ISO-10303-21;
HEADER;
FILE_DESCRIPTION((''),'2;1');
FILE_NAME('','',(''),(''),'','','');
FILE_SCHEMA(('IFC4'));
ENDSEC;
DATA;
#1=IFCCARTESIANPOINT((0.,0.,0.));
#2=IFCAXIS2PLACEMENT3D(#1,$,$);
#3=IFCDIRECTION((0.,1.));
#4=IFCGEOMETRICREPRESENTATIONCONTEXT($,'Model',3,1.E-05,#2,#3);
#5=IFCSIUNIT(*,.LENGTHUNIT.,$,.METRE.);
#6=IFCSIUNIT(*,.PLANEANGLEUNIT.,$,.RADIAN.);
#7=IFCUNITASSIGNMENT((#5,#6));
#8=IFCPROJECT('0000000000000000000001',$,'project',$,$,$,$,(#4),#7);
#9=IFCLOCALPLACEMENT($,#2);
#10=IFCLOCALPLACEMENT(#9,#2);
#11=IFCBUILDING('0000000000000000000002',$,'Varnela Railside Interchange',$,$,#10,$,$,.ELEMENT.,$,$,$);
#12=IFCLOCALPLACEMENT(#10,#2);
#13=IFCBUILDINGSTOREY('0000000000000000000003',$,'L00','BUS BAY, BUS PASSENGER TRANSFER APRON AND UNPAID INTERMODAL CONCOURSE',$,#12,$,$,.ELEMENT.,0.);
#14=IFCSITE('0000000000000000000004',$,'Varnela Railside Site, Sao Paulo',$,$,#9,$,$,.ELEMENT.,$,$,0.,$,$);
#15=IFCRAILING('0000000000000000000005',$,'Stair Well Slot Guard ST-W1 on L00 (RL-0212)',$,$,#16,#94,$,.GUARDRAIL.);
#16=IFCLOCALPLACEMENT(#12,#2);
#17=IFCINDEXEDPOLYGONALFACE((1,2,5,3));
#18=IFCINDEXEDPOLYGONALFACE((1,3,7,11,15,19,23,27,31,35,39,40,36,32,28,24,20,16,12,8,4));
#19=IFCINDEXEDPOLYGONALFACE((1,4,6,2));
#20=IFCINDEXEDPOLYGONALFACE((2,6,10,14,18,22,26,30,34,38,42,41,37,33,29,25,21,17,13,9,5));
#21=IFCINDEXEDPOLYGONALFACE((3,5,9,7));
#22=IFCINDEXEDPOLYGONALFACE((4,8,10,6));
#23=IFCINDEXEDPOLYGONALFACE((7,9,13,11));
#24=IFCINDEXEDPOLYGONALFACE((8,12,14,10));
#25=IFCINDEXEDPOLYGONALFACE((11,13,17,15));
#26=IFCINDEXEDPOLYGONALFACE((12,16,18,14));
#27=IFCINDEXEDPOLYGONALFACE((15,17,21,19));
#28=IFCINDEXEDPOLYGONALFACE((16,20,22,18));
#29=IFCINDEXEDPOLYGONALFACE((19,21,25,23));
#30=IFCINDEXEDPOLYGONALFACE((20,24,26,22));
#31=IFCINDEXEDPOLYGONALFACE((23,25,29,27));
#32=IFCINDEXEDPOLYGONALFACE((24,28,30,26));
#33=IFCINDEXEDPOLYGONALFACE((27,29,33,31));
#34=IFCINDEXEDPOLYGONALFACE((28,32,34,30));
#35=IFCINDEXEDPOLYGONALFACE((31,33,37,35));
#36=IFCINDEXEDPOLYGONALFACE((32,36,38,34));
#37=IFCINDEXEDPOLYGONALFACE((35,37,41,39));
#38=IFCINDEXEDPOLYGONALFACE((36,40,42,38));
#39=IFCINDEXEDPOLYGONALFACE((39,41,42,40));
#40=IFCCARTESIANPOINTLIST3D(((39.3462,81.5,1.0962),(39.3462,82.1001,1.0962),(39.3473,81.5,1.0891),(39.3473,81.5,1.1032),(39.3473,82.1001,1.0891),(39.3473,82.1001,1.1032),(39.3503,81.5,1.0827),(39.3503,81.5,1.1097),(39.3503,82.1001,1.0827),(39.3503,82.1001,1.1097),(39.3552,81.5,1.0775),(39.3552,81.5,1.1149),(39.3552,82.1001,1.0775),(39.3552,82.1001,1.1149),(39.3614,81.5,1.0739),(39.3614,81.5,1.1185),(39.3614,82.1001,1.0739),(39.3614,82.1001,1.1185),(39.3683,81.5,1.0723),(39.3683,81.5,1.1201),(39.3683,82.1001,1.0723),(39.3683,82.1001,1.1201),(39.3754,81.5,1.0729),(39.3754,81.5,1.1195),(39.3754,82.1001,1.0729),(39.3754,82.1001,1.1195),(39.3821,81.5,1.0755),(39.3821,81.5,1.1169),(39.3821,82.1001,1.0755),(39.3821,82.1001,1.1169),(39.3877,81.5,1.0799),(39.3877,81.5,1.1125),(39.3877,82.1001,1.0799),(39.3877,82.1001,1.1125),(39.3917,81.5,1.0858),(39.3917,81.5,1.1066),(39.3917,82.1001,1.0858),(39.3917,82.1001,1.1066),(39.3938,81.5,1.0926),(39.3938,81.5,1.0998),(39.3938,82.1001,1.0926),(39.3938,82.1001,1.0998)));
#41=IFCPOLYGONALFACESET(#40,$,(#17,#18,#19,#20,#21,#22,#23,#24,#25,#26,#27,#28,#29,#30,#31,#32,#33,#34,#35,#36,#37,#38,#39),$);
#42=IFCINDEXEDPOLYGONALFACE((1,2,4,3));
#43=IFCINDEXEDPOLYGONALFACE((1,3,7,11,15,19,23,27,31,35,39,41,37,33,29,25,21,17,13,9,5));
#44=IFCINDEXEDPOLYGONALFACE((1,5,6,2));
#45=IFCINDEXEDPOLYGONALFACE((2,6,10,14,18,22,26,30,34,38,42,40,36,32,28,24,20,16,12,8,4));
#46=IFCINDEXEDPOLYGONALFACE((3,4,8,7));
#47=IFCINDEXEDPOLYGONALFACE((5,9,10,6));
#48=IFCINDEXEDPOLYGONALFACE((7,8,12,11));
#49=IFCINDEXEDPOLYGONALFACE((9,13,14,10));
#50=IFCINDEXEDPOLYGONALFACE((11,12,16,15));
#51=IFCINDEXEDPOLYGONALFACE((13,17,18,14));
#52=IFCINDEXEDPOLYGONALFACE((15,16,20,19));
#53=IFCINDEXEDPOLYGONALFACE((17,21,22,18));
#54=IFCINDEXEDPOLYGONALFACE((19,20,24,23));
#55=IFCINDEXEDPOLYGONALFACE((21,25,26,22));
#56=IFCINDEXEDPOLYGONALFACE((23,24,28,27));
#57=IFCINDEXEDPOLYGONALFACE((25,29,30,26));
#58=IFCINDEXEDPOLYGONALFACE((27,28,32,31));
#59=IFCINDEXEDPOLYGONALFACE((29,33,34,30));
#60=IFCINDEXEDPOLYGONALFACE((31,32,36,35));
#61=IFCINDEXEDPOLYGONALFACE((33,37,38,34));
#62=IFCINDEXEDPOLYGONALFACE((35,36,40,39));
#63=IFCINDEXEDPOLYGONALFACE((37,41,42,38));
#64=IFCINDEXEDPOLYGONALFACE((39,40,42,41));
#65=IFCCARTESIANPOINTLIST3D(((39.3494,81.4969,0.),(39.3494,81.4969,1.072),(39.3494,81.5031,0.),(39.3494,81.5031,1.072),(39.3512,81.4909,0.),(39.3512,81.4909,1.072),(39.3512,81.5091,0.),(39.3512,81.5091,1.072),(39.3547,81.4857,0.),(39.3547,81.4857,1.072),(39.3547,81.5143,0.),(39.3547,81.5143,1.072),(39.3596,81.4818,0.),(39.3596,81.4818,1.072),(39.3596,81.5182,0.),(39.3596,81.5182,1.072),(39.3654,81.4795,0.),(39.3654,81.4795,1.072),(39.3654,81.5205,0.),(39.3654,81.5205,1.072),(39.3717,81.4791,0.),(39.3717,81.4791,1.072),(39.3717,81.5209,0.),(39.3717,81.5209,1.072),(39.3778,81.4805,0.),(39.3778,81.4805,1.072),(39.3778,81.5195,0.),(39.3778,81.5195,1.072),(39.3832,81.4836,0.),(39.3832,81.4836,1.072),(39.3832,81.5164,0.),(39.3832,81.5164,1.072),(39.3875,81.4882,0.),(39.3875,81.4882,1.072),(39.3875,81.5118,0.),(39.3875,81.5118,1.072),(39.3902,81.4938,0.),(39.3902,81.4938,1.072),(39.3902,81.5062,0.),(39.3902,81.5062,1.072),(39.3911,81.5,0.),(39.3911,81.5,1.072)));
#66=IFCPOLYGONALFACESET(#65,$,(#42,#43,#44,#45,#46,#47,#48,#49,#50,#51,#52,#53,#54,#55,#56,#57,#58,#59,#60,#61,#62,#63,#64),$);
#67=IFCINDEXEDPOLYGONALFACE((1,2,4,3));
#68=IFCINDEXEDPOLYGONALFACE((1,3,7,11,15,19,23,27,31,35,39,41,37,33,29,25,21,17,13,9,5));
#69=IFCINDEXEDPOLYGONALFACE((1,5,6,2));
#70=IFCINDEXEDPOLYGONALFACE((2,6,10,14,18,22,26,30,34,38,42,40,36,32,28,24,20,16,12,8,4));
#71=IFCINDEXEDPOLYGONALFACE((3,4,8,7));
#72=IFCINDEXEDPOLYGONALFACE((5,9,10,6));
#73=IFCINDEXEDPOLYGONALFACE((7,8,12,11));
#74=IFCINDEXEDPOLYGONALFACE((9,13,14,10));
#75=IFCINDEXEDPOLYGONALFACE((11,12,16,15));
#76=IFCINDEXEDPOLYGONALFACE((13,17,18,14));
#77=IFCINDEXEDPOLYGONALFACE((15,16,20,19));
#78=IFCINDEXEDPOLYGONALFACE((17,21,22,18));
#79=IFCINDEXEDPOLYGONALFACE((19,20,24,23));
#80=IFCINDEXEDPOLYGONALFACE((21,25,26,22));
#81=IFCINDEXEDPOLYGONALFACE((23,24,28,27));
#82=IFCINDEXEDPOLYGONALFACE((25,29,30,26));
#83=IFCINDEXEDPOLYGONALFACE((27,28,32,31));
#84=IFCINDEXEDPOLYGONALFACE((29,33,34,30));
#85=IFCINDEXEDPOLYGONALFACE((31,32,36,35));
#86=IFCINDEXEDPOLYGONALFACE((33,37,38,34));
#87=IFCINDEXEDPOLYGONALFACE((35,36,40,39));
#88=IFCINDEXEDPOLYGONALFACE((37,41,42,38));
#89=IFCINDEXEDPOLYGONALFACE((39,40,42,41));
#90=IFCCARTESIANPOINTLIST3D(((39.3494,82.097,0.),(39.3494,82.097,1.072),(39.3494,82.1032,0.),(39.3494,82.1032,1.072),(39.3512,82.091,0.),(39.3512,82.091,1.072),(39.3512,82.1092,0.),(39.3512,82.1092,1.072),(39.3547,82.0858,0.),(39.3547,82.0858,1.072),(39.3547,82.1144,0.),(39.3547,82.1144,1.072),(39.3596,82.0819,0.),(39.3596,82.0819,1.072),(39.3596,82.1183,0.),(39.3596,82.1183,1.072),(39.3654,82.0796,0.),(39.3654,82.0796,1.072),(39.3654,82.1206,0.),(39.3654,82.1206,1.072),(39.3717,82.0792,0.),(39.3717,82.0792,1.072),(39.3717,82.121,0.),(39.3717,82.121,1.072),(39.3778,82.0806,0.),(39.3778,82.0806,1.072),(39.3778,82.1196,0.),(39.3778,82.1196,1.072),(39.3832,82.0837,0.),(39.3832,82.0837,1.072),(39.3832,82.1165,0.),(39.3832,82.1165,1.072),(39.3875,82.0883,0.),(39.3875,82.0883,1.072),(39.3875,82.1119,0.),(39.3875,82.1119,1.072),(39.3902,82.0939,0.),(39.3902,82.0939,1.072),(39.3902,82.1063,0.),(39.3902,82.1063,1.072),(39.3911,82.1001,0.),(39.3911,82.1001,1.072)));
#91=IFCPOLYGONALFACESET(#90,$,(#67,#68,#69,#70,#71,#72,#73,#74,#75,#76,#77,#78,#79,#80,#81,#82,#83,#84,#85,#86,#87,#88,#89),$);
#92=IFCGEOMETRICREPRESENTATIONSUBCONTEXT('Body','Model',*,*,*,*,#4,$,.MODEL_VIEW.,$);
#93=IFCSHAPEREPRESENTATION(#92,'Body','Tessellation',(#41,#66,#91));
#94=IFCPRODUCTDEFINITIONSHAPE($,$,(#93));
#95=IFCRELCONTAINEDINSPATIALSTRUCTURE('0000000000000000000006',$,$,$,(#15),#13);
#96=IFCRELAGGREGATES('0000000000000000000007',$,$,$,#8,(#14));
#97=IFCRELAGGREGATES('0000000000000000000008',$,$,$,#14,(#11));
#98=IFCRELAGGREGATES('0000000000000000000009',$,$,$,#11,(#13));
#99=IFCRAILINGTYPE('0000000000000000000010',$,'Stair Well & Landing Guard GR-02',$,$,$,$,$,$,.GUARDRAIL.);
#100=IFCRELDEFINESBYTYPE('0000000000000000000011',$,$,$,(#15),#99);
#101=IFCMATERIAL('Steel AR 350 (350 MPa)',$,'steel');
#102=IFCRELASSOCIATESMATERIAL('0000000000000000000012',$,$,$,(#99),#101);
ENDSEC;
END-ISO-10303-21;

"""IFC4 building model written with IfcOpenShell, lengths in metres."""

from ifc_helpers import new_model, si_unit, direction, frame, origin, origin_2d, place, context, subcontext, project, spatial, circle, extrude, material, type_object, element, save


model = new_model("IFC4")

# Units and contexts
model_context = context("Model", 3, precision=1e-05, world=origin(), true_north=direction((0.0, 1.0)))
body_context = subcontext(model_context, "Body", "Model", "MODEL_VIEW")
ifc_project = project(units=[si_unit("LENGTHUNIT", "METRE"), si_unit("PLANEANGLEUNIT", "RADIAN")], contexts=[model_context])

# Site, building, storey
site_placement = place(None, origin())
site = spatial("IfcSite", under=ifc_project, at=site_placement, Name="Varnela Railside Site, Sao Paulo", CompositionType="ELEMENT", RefElevation=0.0)
building_placement = place(site_placement, origin())
building = spatial("IfcBuilding", under=site, at=building_placement, Name="Varnela Railside Interchange", CompositionType="ELEMENT")
storey_placement = place(building_placement, origin())
storey = spatial("IfcBuildingStorey", under=building, at=storey_placement, Name="L00", Description="BUS BAY, BUS PASSENGER TRANSFER APRON AND UNPAID INTERMODAL CONCOURSE", CompositionType="ELEMENT", Elevation=0.0)

# Shared definitions
ifc_material_1 = material(Name="Steel AR 350 (350 MPa)", Category="steel")

# Railing
railing_type_1 = type_object("IfcRailingType", Name="Stair Well & Landing Guard GR-02", PredefinedType="GUARDRAIL", material=ifc_material_1)
railing_1_placement = place(storey_placement, frame((39.3701, 81.5, 0.0)))
element("IfcRailing", 1, at=railing_1_placement, inside=storey, type_object=railing_type_1, Name="Stair Well Slot Guard ST-W1 on L00 (RL-0212)", PredefinedType="GUARDRAIL", context=body_context, shape_type="SweptSolid", body=[
    extrude(circle(Radius=0.0239, at=origin_2d()), frame((0.0, 0.0, 1.0962), z_axis=(0.0, 1.0, 0.0), x_axis=(-1.0, 0.0, 0.0)), (0.0, 0.0, 1.0), 0.6001),
    extrude(circle(Radius=0.021, at=origin_2d()), origin(), (0.0, 0.0, 1.0), 1.072),
    extrude(circle(Radius=0.021, at=origin_2d()), frame((0.0, 0.6001, 0.0)), (0.0, 0.0, 1.0), 1.072),
])

save(model, "model.ifc")
